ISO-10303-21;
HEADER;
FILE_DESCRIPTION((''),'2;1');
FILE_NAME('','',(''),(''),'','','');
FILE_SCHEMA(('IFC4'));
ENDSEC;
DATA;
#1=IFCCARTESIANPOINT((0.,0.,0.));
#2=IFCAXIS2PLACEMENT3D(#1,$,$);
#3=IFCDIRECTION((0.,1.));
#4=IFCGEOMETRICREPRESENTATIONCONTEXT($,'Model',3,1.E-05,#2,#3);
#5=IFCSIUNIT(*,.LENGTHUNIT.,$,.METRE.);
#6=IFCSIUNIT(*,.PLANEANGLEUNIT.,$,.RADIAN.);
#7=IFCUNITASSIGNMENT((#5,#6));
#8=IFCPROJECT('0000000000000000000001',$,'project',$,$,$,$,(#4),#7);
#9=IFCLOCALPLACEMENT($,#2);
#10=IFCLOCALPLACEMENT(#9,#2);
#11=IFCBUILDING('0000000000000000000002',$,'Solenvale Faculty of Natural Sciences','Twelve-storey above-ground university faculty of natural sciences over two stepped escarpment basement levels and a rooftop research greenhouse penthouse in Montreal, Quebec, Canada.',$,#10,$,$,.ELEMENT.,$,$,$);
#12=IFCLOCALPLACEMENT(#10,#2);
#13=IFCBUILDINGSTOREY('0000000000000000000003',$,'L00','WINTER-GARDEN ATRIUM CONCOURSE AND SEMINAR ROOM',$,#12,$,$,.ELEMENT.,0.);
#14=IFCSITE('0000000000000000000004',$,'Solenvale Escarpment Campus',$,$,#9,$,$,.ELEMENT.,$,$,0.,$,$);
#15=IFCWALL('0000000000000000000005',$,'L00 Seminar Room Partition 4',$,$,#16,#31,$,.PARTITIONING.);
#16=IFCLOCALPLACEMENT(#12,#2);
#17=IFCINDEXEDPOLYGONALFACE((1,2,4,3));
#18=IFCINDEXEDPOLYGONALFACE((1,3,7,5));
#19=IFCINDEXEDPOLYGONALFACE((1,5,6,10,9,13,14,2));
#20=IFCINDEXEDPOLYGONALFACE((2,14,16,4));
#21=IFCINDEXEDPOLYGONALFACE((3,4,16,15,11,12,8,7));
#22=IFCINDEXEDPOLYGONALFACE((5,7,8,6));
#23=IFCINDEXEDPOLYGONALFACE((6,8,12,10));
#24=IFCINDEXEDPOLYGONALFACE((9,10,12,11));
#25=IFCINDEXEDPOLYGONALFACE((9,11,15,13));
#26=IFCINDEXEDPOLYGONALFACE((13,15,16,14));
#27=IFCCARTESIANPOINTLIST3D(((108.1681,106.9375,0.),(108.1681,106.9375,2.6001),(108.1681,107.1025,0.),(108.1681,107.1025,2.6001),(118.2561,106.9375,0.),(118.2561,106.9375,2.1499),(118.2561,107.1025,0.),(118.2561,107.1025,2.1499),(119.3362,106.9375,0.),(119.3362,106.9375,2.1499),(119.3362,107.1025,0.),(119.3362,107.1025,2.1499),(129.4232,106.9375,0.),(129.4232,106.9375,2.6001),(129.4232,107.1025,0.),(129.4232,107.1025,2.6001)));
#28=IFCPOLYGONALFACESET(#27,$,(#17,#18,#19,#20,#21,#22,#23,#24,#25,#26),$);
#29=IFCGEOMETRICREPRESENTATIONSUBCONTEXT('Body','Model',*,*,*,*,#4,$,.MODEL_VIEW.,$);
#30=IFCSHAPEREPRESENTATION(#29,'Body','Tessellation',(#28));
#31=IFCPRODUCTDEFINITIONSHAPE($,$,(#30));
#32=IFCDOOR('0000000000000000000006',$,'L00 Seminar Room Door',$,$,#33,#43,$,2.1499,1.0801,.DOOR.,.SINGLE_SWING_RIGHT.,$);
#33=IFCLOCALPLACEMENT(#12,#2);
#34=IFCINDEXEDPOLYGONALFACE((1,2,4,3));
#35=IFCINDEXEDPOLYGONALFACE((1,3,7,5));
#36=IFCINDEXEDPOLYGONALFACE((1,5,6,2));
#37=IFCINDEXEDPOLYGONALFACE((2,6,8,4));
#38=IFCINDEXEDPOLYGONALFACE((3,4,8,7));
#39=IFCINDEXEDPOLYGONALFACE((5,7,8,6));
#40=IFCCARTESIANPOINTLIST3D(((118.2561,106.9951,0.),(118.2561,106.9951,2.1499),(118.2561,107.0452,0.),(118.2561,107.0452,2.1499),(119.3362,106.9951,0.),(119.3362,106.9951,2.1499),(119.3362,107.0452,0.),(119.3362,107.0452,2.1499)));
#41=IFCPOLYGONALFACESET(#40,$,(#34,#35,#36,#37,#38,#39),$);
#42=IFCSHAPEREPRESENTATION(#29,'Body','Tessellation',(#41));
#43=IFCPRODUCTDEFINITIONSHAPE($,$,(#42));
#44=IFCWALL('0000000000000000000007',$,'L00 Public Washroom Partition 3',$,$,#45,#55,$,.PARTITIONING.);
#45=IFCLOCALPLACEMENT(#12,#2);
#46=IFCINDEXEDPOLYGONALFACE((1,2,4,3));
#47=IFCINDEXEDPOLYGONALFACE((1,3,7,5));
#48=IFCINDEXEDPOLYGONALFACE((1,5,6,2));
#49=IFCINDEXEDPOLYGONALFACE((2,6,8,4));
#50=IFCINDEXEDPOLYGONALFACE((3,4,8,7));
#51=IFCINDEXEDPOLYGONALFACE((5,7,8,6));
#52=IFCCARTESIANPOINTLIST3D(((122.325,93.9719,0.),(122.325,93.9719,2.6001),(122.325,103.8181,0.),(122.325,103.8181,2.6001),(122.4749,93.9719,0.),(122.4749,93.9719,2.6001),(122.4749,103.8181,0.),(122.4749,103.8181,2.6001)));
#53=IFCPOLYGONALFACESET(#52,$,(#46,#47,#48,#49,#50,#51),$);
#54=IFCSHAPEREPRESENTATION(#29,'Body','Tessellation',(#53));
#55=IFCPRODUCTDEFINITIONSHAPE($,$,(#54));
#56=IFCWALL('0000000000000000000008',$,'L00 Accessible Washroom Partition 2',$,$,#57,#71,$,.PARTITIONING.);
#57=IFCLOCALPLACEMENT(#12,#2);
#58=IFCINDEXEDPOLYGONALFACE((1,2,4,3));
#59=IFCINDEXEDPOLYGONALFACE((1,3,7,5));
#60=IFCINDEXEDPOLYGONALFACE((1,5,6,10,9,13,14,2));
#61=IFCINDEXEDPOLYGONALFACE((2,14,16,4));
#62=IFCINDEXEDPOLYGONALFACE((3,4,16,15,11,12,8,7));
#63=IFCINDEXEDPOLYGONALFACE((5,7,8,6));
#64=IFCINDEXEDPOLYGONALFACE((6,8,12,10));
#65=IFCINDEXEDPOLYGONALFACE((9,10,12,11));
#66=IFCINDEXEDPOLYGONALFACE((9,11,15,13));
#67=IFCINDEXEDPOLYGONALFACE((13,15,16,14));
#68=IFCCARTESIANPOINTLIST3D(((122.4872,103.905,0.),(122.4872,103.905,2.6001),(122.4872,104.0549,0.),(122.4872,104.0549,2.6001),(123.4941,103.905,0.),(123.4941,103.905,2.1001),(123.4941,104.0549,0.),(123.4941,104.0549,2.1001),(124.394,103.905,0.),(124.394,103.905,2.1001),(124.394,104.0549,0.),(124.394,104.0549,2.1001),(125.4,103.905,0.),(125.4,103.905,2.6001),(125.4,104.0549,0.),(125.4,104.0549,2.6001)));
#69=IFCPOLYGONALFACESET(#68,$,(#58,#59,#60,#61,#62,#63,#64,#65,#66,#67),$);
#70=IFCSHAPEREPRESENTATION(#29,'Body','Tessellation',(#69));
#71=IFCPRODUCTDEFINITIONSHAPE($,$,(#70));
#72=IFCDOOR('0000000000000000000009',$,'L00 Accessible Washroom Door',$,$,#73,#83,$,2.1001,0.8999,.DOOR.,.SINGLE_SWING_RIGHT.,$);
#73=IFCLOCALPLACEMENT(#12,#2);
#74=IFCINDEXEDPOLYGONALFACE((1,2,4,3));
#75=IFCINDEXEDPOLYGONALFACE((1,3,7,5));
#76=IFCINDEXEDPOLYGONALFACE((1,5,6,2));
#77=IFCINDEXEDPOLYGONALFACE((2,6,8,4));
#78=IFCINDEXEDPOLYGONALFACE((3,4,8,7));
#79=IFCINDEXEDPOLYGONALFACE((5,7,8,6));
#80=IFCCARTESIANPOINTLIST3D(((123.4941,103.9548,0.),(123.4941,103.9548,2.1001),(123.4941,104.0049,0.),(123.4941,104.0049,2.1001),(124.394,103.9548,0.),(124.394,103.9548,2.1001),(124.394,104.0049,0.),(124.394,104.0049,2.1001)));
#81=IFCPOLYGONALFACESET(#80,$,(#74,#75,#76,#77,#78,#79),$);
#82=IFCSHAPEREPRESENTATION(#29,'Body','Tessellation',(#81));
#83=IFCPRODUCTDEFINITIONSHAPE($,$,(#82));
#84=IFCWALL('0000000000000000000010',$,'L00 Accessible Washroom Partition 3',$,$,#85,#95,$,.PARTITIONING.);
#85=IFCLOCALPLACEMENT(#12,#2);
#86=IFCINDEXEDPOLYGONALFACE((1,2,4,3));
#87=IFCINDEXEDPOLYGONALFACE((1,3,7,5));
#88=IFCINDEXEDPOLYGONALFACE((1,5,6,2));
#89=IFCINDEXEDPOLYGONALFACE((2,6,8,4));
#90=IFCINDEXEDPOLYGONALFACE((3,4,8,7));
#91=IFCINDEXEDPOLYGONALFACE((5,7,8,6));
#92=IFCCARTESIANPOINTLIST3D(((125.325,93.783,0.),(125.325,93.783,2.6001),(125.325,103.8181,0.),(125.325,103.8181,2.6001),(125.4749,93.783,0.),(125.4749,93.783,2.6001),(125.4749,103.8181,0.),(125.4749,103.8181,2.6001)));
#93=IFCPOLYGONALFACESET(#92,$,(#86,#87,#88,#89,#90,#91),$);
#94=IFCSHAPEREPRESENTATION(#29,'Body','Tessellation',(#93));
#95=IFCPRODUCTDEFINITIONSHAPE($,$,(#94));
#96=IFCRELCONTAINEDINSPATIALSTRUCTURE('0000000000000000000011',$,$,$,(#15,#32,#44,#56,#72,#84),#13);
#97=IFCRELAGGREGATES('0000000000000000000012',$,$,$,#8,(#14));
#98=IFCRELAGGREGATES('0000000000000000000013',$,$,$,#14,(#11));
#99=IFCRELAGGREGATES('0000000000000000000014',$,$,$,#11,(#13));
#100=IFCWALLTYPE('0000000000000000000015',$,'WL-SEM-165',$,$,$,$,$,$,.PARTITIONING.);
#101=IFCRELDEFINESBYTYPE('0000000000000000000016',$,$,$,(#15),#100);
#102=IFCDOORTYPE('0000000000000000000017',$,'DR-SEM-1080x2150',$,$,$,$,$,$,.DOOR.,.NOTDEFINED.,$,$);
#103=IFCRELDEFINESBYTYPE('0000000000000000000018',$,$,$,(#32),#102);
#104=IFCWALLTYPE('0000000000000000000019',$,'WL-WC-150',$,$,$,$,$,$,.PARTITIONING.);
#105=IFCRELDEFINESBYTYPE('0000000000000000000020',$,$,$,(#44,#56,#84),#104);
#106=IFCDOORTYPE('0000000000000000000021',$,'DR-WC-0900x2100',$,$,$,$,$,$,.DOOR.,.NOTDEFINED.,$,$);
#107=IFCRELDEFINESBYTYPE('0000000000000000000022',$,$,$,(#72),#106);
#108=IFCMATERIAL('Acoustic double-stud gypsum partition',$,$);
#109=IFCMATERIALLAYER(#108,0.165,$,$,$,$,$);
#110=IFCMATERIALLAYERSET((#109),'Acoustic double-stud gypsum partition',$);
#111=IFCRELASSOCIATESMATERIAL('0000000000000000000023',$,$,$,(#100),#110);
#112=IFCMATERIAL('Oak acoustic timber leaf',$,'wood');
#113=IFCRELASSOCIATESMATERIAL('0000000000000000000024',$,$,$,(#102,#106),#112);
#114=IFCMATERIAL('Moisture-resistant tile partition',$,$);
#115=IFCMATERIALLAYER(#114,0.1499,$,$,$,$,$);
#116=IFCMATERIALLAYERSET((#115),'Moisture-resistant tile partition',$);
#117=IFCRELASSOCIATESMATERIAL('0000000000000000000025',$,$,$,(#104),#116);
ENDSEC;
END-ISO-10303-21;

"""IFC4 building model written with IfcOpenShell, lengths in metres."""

from ifc_helpers import new_model, si_unit, direction, frame, frame_2d, origin, place, context, subcontext, project, spatial, rectangle, extrude, material, layer, layer_set, type_object, element, fill, save


model = new_model("IFC4")

# Units and contexts
model_context = context("Model", 3, precision=1e-05, world=origin(), true_north=direction((0.0, 1.0)))
body_context = subcontext(model_context, "Body", "Model", "MODEL_VIEW")
ifc_project = project(units=[si_unit("LENGTHUNIT", "METRE"), si_unit("PLANEANGLEUNIT", "RADIAN")], contexts=[model_context])

# Site, building, storey
site_placement = place(None, origin())
site = spatial("IfcSite", under=ifc_project, at=site_placement, Name="Solenvale Escarpment Campus", CompositionType="ELEMENT", RefElevation=0.0)
building_placement = place(site_placement, origin())
building = spatial("IfcBuilding", under=site, at=building_placement, Name="Solenvale Faculty of Natural Sciences", Description="Twelve-storey above-ground university faculty of natural sciences over two stepped escarpment basement levels and a rooftop research greenhouse penthouse in Montreal, Quebec, Canada.", CompositionType="ELEMENT")
storey_placement = place(building_placement, origin())
storey = spatial("IfcBuildingStorey", under=building, at=storey_placement, Name="L00", Description="WINTER-GARDEN ATRIUM CONCOURSE AND SEMINAR ROOM", CompositionType="ELEMENT", Elevation=0.0)

# Wall, opening, door
ifc_material_1 = material(Name="Acoustic double-stud gypsum partition")
ifc_layer_1 = layer(ifc_material_1, 0.165)
ifc_layer_set_1 = layer_set([ifc_layer_1], Name="Acoustic double-stud gypsum partition")
wall_type_1 = type_object("IfcWallType", Name="WL-SEM-165", PredefinedType="PARTITIONING", material=ifc_layer_set_1)
wall_1_placement = place(storey_placement, frame((129.4231, 107.02, 0.0), z_axis=(0.0, 0.0, 1.0), x_axis=(-1.0, 0.0, 0.0)))
wall_1 = element("IfcWall", 1, at=wall_1_placement, inside=storey, type_object=wall_type_1, Name="L00 Seminar Room Partition 4", PredefinedType="PARTITIONING", context=body_context, shape_type="SweptSolid", body=[
    extrude(rectangle(XDim=21.2551, YDim=0.165, at=frame_2d((10.6274, 0.0))), origin(), (0.0, 0.0, 1.0), 2.6001),
])
opening_1_placement = place(wall_1_placement, frame((10.0869, 0.0, 0.0)))
opening_1 = element("IfcOpeningElement", 2, at=opening_1_placement, cuts=wall_1, PredefinedType="OPENING", context=body_context, shape_type="SweptSolid", body=[
    extrude(rectangle(XDim=1.0801, YDim=2.1499, at=frame_2d((0.54, 1.075))), frame((0.0, 0.0925, 0.0), z_axis=(0.0, -1.0, 0.0), x_axis=(1.0, 0.0, 0.0)), (0.0, 0.0, 1.0), 0.1851),
])
ifc_material_2 = material(Name="Oak acoustic timber leaf", Category="wood")
door_type_1 = type_object("IfcDoorType", Name="DR-SEM-1080x2150", OperationType="NOTDEFINED", PredefinedType="DOOR", material=ifc_material_2)
door_1_placement = place(opening_1_placement, origin())
door_1 = element("IfcDoor", 3, at=door_1_placement, inside=storey, type_object=door_type_1, Name="L00 Seminar Room Door", OperationType="SINGLE_SWING_RIGHT", OverallHeight=2.1499, OverallWidth=1.0801, PredefinedType="DOOR", context=body_context, shape_type="SweptSolid", body=[
    extrude(rectangle(XDim=1.0801, YDim=2.1499, at=frame_2d((0.54, 1.075))), frame((0.0, 0.0249, 0.0), z_axis=(0.0, -1.0, 0.0), x_axis=(1.0, 0.0, 0.0)), (0.0, 0.0, 1.0), 0.05),
])
fill(opening_1, door_1)

# Wall
ifc_material_3 = material(Name="Moisture-resistant tile partition")
ifc_layer_2 = layer(ifc_material_3, 0.1499)
ifc_layer_set_2 = layer_set([ifc_layer_2], Name="Moisture-resistant tile partition")
wall_type_2 = type_object("IfcWallType", Name="WL-WC-150", PredefinedType="PARTITIONING", material=ifc_layer_set_2)
wall_2_placement = place(storey_placement, frame((122.3999, 103.8181, 0.0), z_axis=(0.0, 0.0, 1.0), x_axis=(0.0, -1.0, 0.0)))
element("IfcWall", 4, at=wall_2_placement, inside=storey, type_object=wall_type_2, Name="L00 Public Washroom Partition 3", PredefinedType="PARTITIONING", context=body_context, shape_type="SweptSolid", body=[
    extrude(rectangle(XDim=9.8462, YDim=0.1499, at=frame_2d((4.9231, 0.0))), origin(), (0.0, 0.0, 1.0), 2.6001),
])

# Wall, opening, door
wall_3_placement = place(storey_placement, frame((122.4871, 103.98, 0.0), z_axis=(0.0, 0.0, 1.0), x_axis=(1.0, 0.0, 0.0)))
wall_3 = element("IfcWall", 5, at=wall_3_placement, inside=storey, type_object=wall_type_2, Name="L00 Accessible Washroom Partition 2", PredefinedType="PARTITIONING", context=body_context, shape_type="SweptSolid", body=[
    extrude(rectangle(XDim=2.9128, YDim=0.1499, at=frame_2d((1.4565, 0.0))), origin(), (0.0, 0.0, 1.0), 2.6001),
])
opening_2_placement = place(wall_3_placement, frame((1.0071, 0.0, 0.0)))
opening_2 = element("IfcOpeningElement", 6, at=opening_2_placement, cuts=wall_3, PredefinedType="OPENING", context=body_context, shape_type="SweptSolid", body=[
    extrude(rectangle(XDim=0.8999, YDim=2.1001, at=frame_2d((0.45, 1.05))), frame((0.0, 0.085, 0.0), z_axis=(0.0, -1.0, 0.0), x_axis=(1.0, 0.0, 0.0)), (0.0, 0.0, 1.0), 0.1699),
])
door_type_2 = type_object("IfcDoorType", Name="DR-WC-0900x2100", OperationType="NOTDEFINED", PredefinedType="DOOR", material=ifc_material_2)
door_2_placement = place(opening_2_placement, origin())
door_2 = element("IfcDoor", 7, at=door_2_placement, inside=storey, type_object=door_type_2, Name="L00 Accessible Washroom Door", OperationType="SINGLE_SWING_RIGHT", OverallHeight=2.1001, OverallWidth=0.8999, PredefinedType="DOOR", context=body_context, shape_type="SweptSolid", body=[
    extrude(rectangle(XDim=0.8999, YDim=2.1001, at=frame_2d((0.45, 1.05))), frame((0.0, 0.0249, 0.0), z_axis=(0.0, -1.0, 0.0), x_axis=(1.0, 0.0, 0.0)), (0.0, 0.0, 1.0), 0.05),
])
fill(opening_2, door_2)

# Wall
wall_4_placement = place(storey_placement, frame((125.3999, 103.8181, 0.0), z_axis=(0.0, 0.0, 1.0), x_axis=(0.0, -1.0, 0.0)))
element("IfcWall", 8, at=wall_4_placement, inside=storey, type_object=wall_type_2, Name="L00 Accessible Washroom Partition 3", PredefinedType="PARTITIONING", context=body_context, shape_type="SweptSolid", body=[
    extrude(rectangle(XDim=10.0352, YDim=0.1499, at=frame_2d((5.0176, 0.0))), origin(), (0.0, 0.0, 1.0), 2.6001),
])

save(model, "model.ifc")
